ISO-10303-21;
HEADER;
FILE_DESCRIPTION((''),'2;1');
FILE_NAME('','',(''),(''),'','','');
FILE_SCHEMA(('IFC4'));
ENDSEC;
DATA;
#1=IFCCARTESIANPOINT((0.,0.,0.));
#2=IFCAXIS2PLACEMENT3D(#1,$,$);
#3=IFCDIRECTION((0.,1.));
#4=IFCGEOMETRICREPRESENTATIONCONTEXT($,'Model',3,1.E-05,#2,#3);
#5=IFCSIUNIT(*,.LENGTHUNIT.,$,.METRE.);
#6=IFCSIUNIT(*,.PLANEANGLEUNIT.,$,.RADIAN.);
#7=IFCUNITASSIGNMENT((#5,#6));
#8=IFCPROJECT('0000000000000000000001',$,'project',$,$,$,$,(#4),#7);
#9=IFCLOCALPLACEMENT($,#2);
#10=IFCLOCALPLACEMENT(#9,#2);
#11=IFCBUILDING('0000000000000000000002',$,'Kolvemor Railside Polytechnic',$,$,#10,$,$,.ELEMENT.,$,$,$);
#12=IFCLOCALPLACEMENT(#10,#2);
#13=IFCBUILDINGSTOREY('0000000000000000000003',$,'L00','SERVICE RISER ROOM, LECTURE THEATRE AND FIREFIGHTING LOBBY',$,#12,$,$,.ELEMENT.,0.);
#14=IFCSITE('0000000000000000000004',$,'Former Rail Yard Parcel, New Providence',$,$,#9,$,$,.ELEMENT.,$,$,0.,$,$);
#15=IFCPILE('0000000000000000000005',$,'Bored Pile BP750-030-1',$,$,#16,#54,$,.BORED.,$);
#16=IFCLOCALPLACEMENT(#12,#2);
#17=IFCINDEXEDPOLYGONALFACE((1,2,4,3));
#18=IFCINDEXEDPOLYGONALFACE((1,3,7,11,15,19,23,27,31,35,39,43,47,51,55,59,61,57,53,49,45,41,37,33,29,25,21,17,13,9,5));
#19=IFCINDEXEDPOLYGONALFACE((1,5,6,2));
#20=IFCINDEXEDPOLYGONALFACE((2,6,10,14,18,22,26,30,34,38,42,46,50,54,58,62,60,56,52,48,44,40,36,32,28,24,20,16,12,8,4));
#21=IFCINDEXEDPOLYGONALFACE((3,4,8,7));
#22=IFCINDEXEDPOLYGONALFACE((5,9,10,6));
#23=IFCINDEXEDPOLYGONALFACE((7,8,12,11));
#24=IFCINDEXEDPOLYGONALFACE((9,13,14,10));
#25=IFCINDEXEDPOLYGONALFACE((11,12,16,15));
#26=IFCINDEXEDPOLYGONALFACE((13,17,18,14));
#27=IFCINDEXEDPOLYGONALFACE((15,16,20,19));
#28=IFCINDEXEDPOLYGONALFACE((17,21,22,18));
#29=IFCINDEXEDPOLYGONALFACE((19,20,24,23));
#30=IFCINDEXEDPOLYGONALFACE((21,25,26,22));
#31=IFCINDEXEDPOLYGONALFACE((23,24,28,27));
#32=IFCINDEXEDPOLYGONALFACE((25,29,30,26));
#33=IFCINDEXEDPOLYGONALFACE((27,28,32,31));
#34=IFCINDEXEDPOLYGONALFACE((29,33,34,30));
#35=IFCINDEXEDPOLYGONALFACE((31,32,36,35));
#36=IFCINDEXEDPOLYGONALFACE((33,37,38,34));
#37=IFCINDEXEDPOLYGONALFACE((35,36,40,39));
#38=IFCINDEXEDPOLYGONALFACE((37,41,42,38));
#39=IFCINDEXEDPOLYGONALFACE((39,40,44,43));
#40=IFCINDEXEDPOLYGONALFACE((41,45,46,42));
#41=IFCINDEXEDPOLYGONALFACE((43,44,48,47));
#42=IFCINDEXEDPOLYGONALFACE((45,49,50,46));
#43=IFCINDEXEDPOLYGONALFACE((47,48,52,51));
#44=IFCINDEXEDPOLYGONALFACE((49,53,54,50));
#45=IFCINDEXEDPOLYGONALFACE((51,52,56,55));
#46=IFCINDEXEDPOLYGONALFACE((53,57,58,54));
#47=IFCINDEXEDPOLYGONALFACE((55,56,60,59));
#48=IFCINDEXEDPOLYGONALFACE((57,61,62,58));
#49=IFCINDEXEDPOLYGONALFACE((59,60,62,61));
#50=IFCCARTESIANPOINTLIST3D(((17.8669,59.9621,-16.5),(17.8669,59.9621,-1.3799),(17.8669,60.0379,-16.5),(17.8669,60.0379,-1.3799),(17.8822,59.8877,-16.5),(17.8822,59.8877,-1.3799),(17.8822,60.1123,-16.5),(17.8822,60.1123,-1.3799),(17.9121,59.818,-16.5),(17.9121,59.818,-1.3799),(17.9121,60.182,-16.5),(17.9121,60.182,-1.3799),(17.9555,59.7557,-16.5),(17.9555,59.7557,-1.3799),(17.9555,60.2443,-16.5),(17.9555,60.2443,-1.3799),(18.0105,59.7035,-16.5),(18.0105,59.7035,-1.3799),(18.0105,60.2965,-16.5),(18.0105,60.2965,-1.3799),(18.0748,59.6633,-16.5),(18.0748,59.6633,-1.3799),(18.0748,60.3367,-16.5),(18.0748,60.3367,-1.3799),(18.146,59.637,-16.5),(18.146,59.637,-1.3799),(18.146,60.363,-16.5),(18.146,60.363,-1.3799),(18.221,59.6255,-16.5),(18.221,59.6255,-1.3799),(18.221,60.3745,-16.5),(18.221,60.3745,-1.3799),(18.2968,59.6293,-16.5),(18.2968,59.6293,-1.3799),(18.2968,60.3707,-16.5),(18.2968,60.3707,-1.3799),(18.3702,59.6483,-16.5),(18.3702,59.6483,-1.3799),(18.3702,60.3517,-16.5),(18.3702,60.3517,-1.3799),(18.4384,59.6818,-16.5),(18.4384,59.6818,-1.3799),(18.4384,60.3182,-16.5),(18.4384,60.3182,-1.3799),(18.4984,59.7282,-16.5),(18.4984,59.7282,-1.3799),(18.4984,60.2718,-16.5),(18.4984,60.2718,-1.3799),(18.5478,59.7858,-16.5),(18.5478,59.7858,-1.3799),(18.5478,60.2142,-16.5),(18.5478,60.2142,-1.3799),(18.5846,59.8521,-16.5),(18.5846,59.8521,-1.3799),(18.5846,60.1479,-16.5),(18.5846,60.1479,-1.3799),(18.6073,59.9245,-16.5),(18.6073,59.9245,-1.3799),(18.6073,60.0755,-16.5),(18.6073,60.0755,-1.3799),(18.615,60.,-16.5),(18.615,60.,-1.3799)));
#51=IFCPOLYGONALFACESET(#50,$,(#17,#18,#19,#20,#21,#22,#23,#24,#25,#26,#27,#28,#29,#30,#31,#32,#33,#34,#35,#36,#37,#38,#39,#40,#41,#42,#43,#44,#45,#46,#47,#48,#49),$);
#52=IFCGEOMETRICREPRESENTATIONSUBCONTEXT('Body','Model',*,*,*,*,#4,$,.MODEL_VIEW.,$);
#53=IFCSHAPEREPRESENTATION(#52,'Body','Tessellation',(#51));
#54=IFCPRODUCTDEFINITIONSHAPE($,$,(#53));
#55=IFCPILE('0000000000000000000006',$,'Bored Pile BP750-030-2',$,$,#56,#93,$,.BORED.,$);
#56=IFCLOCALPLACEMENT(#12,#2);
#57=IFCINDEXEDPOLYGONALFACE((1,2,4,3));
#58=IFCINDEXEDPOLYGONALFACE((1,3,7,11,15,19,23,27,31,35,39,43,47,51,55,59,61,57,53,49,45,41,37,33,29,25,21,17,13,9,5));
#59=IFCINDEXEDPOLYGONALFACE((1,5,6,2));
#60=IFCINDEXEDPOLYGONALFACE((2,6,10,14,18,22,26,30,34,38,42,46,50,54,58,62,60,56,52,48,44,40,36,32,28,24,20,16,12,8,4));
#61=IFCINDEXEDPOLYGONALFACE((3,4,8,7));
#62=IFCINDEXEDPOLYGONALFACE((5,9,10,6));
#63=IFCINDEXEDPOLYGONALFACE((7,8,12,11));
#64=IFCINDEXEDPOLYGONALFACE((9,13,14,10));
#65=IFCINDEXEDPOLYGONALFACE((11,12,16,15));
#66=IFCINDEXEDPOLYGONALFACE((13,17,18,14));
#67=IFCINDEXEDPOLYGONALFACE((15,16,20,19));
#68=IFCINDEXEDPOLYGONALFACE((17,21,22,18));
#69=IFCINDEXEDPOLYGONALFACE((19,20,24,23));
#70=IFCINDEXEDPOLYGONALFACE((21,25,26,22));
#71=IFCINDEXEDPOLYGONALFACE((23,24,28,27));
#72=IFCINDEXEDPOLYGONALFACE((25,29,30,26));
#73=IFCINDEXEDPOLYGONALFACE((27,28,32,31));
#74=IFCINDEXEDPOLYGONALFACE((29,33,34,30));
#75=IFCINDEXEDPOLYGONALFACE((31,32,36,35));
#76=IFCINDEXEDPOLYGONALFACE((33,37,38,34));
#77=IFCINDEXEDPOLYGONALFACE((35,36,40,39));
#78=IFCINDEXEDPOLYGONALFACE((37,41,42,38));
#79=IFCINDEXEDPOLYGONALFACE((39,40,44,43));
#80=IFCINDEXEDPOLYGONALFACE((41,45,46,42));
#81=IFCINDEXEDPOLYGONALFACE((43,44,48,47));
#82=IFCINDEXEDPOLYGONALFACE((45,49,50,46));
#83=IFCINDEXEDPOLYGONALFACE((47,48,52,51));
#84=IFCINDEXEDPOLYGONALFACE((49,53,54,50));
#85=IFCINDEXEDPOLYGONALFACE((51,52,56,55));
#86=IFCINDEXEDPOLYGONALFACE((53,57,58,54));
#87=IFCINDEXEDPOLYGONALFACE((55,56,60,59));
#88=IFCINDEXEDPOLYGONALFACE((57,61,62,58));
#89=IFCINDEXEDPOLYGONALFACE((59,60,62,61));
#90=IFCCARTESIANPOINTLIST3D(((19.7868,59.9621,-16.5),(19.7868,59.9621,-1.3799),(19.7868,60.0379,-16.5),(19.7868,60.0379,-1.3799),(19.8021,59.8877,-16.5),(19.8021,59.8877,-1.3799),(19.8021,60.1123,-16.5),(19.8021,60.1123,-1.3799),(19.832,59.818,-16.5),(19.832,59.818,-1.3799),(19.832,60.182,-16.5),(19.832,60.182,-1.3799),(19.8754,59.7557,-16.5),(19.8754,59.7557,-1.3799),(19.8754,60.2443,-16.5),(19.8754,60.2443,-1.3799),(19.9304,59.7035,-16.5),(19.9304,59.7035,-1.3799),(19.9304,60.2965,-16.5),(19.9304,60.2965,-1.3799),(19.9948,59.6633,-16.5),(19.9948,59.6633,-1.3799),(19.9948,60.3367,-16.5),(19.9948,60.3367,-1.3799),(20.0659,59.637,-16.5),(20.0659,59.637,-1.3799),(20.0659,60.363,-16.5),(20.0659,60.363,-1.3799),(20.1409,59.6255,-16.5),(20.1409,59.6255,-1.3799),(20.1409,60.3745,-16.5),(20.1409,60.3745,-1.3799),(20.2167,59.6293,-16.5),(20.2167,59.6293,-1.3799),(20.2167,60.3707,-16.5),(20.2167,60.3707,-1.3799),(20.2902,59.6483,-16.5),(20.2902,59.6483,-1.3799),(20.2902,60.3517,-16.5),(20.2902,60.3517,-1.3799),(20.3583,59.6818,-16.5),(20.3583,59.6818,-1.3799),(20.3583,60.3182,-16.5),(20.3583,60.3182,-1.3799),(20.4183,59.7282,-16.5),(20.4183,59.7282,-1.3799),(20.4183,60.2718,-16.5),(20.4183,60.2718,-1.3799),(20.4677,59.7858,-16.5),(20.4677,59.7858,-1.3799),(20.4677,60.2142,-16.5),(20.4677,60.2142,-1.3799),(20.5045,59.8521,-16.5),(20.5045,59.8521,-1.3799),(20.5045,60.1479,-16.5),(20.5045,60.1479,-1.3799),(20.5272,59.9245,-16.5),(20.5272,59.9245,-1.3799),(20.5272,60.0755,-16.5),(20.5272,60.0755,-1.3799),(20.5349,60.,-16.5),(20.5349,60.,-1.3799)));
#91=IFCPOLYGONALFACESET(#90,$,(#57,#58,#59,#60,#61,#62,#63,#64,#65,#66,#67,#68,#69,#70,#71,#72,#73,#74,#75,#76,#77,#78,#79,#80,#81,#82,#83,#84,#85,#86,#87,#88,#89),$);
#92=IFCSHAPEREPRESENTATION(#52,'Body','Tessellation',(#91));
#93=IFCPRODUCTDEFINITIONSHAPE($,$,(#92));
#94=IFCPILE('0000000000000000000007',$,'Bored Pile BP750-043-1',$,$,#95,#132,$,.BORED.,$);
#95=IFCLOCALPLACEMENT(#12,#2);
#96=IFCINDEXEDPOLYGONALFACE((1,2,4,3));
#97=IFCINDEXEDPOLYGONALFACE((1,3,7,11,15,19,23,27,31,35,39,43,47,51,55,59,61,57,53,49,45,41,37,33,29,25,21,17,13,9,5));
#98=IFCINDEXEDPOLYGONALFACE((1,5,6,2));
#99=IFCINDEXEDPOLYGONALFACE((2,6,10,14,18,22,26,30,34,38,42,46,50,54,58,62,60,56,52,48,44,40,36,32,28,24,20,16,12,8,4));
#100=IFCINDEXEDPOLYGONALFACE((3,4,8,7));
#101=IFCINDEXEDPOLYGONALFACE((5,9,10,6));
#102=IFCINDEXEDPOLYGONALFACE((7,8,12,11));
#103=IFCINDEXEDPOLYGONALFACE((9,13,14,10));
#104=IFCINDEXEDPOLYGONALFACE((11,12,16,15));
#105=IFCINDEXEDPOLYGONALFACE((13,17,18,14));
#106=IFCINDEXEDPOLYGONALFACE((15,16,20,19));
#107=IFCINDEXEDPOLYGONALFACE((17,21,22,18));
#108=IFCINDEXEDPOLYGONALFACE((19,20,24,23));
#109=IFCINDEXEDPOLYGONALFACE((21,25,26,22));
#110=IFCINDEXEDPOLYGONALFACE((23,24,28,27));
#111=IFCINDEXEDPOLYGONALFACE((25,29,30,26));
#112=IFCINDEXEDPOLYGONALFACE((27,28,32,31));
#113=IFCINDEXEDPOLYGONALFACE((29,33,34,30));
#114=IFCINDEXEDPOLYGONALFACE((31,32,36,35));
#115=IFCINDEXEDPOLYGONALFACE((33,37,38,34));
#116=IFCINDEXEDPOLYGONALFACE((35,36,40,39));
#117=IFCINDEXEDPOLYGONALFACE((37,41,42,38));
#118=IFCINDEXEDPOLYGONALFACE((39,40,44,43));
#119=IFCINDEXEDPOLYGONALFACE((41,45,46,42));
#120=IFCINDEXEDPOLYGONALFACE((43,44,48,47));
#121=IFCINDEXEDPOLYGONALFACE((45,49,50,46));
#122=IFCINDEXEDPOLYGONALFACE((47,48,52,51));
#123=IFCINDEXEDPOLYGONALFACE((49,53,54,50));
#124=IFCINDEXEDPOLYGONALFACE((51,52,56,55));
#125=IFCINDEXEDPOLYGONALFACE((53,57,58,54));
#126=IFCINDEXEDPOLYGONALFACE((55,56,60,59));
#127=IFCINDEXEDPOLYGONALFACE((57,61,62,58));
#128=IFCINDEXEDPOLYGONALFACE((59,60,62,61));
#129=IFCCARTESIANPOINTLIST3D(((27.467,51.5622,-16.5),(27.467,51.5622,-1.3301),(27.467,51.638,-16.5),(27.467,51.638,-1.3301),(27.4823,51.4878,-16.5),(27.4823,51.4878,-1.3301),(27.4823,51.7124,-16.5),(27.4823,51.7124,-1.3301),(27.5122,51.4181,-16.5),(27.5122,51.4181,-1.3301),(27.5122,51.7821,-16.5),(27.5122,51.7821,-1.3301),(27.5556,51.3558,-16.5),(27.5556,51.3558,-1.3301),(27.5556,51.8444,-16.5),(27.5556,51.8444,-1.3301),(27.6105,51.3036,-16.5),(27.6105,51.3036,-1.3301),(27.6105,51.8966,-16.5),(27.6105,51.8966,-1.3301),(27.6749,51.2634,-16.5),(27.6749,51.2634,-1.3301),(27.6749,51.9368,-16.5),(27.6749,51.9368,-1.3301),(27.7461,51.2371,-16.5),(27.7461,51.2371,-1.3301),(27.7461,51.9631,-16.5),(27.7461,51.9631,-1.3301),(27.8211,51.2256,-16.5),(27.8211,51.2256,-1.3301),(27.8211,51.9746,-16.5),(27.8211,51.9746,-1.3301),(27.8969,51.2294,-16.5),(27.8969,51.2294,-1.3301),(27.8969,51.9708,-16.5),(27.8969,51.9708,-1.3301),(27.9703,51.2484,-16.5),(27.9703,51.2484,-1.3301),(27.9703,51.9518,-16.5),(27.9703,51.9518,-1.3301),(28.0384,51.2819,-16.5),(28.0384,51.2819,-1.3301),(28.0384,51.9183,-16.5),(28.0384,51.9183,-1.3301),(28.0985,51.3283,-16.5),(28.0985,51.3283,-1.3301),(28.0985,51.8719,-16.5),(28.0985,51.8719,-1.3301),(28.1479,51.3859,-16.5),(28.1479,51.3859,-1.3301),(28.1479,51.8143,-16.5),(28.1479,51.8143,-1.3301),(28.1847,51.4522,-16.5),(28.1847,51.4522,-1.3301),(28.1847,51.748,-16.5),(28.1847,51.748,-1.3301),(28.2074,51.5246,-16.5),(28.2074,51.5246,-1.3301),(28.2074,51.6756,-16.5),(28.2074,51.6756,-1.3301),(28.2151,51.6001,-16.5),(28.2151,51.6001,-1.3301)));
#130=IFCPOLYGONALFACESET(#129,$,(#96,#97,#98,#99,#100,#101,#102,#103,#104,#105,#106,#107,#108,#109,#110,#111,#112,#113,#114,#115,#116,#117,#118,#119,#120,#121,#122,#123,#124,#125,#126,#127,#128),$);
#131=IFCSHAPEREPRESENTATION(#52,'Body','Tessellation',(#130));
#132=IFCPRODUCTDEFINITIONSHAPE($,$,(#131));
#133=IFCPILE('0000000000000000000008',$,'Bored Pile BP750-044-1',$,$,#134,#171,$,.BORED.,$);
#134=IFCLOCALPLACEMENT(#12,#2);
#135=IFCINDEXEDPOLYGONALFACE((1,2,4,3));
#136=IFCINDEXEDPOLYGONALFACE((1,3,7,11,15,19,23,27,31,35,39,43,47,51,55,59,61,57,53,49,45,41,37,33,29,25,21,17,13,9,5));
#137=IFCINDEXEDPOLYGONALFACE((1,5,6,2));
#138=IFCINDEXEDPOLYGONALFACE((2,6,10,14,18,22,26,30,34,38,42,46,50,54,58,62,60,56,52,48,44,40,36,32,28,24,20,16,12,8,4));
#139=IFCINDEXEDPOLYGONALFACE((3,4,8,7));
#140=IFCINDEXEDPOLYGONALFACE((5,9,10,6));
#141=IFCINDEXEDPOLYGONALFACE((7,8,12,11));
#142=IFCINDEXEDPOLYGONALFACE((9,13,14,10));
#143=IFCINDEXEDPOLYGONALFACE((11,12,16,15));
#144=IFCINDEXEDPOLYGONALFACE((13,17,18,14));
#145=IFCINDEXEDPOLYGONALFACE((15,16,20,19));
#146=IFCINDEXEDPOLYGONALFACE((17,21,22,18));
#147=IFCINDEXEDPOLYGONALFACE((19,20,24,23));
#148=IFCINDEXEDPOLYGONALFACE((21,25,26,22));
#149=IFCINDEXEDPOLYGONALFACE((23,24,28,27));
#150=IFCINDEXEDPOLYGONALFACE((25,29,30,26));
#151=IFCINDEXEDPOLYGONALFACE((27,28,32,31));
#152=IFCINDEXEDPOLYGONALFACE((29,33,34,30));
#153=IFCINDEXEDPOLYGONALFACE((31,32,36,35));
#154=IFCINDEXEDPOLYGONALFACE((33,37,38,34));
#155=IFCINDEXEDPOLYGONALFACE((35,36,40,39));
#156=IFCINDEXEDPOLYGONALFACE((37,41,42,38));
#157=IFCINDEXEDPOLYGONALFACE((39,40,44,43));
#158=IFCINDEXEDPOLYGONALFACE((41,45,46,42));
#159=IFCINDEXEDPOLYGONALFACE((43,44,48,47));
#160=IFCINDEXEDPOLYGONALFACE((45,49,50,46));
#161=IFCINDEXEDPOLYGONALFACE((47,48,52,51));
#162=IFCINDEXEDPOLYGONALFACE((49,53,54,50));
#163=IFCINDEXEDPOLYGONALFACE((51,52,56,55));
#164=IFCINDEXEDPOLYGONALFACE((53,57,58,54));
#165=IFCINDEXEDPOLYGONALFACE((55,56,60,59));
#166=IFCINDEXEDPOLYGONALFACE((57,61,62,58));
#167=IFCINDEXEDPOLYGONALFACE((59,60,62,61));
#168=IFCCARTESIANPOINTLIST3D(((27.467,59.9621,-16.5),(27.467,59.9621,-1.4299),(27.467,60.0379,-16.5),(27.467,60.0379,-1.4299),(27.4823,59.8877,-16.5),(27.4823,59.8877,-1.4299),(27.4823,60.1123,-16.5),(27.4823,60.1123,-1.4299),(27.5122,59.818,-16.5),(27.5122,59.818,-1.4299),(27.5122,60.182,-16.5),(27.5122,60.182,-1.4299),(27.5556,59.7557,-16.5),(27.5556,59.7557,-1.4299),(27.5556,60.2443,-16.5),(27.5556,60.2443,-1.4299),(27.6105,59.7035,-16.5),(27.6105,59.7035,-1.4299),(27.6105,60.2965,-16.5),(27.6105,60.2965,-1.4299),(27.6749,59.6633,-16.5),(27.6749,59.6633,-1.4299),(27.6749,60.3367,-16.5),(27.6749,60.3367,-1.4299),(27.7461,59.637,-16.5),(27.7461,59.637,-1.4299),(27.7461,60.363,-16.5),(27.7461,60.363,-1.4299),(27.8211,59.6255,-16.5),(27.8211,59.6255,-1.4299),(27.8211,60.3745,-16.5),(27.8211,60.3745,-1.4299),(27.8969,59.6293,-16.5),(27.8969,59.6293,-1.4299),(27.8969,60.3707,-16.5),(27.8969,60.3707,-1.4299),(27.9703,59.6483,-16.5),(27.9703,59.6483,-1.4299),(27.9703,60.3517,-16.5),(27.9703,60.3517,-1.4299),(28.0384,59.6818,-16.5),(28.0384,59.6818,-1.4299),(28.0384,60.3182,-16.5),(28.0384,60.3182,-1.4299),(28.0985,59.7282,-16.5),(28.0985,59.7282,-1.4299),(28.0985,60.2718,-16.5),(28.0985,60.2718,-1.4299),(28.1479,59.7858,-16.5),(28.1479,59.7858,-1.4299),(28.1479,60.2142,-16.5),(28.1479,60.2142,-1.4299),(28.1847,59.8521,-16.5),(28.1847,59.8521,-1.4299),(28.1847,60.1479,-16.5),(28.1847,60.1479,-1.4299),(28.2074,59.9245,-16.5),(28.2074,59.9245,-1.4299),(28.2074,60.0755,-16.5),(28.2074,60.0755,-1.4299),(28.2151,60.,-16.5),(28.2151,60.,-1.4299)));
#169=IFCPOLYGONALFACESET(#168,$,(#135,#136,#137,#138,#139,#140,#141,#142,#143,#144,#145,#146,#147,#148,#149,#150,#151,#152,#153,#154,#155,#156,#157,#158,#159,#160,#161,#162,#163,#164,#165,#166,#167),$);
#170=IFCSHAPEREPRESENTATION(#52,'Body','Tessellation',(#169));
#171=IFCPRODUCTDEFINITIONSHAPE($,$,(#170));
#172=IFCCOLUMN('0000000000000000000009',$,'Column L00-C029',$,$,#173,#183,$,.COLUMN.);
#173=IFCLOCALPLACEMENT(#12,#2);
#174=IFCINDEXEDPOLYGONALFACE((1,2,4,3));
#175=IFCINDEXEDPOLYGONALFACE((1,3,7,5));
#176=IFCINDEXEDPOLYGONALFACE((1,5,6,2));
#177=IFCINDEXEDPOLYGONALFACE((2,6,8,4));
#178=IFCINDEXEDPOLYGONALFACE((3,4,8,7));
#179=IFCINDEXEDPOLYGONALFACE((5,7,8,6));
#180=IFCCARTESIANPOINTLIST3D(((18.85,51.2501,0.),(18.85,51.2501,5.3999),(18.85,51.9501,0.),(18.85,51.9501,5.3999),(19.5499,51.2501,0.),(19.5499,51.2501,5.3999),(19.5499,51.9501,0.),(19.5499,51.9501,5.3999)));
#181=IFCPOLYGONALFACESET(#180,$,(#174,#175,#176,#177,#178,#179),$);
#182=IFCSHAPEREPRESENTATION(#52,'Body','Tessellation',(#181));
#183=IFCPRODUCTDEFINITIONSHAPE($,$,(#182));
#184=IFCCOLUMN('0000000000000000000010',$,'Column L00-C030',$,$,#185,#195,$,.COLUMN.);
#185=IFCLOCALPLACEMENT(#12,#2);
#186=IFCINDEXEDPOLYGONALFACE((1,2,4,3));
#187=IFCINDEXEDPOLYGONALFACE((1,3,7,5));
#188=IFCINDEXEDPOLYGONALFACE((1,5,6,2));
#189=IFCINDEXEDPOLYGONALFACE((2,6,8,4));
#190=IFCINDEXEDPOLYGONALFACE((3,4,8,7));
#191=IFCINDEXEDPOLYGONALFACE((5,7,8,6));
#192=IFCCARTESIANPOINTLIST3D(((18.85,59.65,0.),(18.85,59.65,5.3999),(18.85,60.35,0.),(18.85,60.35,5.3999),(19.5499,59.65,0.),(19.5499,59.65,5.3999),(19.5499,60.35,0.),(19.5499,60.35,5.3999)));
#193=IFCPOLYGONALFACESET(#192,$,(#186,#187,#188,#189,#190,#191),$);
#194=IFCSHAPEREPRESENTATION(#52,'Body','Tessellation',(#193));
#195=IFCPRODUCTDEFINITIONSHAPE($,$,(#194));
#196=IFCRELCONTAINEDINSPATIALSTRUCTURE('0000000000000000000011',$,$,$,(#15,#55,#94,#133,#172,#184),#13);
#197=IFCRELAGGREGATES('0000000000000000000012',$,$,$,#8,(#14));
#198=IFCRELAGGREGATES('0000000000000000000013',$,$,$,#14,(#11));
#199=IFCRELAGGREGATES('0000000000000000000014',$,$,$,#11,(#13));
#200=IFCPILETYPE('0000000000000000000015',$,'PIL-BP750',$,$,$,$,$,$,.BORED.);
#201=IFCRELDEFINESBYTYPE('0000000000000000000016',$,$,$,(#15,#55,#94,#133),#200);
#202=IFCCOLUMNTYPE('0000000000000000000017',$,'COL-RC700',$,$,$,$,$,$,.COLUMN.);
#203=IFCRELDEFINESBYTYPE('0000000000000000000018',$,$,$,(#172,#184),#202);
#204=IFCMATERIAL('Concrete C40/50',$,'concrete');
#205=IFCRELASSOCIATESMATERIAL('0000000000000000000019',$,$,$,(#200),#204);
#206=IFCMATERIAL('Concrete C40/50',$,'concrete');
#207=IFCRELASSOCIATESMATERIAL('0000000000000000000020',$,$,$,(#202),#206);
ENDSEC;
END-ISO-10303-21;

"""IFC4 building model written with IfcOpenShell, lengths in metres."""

from ifc_helpers import new_model, si_unit, direction, frame, origin, origin_2d, place, context, subcontext, project, spatial, rectangle, circle, extrude, material, material_profile, profile_set, type_object, element, save


model = new_model("IFC4")

# Units and contexts
model_context = context("Model", 3, precision=1e-05, world=origin(), true_north=direction((0.0, 1.0)))
body_context = subcontext(model_context, "Body", "Model", "MODEL_VIEW")
ifc_project = project(units=[si_unit("LENGTHUNIT", "METRE"), si_unit("PLANEANGLEUNIT", "RADIAN")], contexts=[model_context])

# Site, building, storey
site_placement = place(None, origin())
site = spatial("IfcSite", under=ifc_project, at=site_placement, Name="Former Rail Yard Parcel, New Providence", CompositionType="ELEMENT", RefElevation=0.0)
building_placement = place(site_placement, origin())
building = spatial("IfcBuilding", under=site, at=building_placement, Name="Kolvemor Railside Polytechnic", CompositionType="ELEMENT")
storey_placement = place(building_placement, origin())
storey = spatial("IfcBuildingStorey", under=building, at=storey_placement, Name="L00", Description="SERVICE RISER ROOM, LECTURE THEATRE AND FIREFIGHTING LOBBY", CompositionType="ELEMENT", Elevation=0.0)

# Piles
ifc_material_1 = material(Name="Concrete C40/50", Category="concrete")
ifc_material_profile_1 = material_profile(ifc_material_1, circle(Radius=0.375, at=origin_2d()), Name="BP750")
ifc_profile_set_1 = profile_set([ifc_material_profile_1], Name="Concrete C40/50")
pile_type = type_object("IfcPileType", Name="PIL-BP750", PredefinedType="BORED", material=ifc_profile_set_1)
for number, where, z_axis, x_axis, name in (
    (1, (18.24, 60.0, -1.3799), (0.0, 0.0, -1.0), (1.0, 0.0, 0.0), "Bored Pile BP750-030-1"),
    (2, (20.1599, 60.0, -1.3799), (0.0, 0.0, -1.0), (1.0, 0.0, 0.0), "Bored Pile BP750-030-2"),
):
    element("IfcPile", number, at=place(storey_placement, frame(where, z_axis=z_axis, x_axis=x_axis)), inside=storey, type_object=pile_type, Name=name, PredefinedType="BORED", context=body_context, shape_type="SweptSolid", body=[
        extrude(circle(Radius=0.375, at=origin_2d()), origin(), (0.0, 0.0, 1.0), 15.1201),
    ])
pile_1_placement = place(storey_placement, frame((27.8401, 51.6001, -1.3301), z_axis=(0.0, 0.0, -1.0), x_axis=(1.0, 0.0, 0.0)))
element("IfcPile", 3, at=pile_1_placement, inside=storey, type_object=pile_type, Name="Bored Pile BP750-043-1", PredefinedType="BORED", context=body_context, shape_type="SweptSolid", body=[
    extrude(circle(Radius=0.375, at=origin_2d()), origin(), (0.0, 0.0, 1.0), 15.1699),
])
pile_2_placement = place(storey_placement, frame((27.8401, 60.0, -1.4299), z_axis=(0.0, 0.0, -1.0), x_axis=(1.0, 0.0, 0.0)))
element("IfcPile", 4, at=pile_2_placement, inside=storey, type_object=pile_type, Name="Bored Pile BP750-044-1", PredefinedType="BORED", context=body_context, shape_type="SweptSolid", body=[
    extrude(circle(Radius=0.375, at=origin_2d()), origin(), (0.0, 0.0, 1.0), 15.0701),
])

# Columns
ifc_material_2 = material(Name="Concrete C40/50", Category="concrete")
ifc_material_profile_2 = material_profile(ifc_material_2, rectangle(XDim=0.7, YDim=0.7, at=origin_2d()), Name="RC700x700")
ifc_profile_set_2 = profile_set([ifc_material_profile_2], Name="Concrete C40/50")
column_type = type_object("IfcColumnType", Name="COL-RC700", PredefinedType="COLUMN", material=ifc_profile_set_2)
for number, where, z_axis, x_axis, name in (
    (5, (19.2, 51.6001, 0.0), (0.0, 0.0, 1.0), (1.0, 0.0, 0.0), "Column L00-C029"),
    (6, (19.2, 60.0, 0.0), (0.0, 0.0, 1.0), (1.0, 0.0, 0.0), "Column L00-C030"),
):
    element("IfcColumn", number, at=place(storey_placement, frame(where, z_axis=z_axis, x_axis=x_axis)), inside=storey, type_object=column_type, Name=name, PredefinedType="COLUMN", context=body_context, shape_type="SweptSolid", body=[
        extrude(rectangle(XDim=0.7, YDim=0.7, at=origin_2d()), origin(), (0.0, 0.0, 1.0), 5.3999),
    ])

save(model, "model.ifc")
